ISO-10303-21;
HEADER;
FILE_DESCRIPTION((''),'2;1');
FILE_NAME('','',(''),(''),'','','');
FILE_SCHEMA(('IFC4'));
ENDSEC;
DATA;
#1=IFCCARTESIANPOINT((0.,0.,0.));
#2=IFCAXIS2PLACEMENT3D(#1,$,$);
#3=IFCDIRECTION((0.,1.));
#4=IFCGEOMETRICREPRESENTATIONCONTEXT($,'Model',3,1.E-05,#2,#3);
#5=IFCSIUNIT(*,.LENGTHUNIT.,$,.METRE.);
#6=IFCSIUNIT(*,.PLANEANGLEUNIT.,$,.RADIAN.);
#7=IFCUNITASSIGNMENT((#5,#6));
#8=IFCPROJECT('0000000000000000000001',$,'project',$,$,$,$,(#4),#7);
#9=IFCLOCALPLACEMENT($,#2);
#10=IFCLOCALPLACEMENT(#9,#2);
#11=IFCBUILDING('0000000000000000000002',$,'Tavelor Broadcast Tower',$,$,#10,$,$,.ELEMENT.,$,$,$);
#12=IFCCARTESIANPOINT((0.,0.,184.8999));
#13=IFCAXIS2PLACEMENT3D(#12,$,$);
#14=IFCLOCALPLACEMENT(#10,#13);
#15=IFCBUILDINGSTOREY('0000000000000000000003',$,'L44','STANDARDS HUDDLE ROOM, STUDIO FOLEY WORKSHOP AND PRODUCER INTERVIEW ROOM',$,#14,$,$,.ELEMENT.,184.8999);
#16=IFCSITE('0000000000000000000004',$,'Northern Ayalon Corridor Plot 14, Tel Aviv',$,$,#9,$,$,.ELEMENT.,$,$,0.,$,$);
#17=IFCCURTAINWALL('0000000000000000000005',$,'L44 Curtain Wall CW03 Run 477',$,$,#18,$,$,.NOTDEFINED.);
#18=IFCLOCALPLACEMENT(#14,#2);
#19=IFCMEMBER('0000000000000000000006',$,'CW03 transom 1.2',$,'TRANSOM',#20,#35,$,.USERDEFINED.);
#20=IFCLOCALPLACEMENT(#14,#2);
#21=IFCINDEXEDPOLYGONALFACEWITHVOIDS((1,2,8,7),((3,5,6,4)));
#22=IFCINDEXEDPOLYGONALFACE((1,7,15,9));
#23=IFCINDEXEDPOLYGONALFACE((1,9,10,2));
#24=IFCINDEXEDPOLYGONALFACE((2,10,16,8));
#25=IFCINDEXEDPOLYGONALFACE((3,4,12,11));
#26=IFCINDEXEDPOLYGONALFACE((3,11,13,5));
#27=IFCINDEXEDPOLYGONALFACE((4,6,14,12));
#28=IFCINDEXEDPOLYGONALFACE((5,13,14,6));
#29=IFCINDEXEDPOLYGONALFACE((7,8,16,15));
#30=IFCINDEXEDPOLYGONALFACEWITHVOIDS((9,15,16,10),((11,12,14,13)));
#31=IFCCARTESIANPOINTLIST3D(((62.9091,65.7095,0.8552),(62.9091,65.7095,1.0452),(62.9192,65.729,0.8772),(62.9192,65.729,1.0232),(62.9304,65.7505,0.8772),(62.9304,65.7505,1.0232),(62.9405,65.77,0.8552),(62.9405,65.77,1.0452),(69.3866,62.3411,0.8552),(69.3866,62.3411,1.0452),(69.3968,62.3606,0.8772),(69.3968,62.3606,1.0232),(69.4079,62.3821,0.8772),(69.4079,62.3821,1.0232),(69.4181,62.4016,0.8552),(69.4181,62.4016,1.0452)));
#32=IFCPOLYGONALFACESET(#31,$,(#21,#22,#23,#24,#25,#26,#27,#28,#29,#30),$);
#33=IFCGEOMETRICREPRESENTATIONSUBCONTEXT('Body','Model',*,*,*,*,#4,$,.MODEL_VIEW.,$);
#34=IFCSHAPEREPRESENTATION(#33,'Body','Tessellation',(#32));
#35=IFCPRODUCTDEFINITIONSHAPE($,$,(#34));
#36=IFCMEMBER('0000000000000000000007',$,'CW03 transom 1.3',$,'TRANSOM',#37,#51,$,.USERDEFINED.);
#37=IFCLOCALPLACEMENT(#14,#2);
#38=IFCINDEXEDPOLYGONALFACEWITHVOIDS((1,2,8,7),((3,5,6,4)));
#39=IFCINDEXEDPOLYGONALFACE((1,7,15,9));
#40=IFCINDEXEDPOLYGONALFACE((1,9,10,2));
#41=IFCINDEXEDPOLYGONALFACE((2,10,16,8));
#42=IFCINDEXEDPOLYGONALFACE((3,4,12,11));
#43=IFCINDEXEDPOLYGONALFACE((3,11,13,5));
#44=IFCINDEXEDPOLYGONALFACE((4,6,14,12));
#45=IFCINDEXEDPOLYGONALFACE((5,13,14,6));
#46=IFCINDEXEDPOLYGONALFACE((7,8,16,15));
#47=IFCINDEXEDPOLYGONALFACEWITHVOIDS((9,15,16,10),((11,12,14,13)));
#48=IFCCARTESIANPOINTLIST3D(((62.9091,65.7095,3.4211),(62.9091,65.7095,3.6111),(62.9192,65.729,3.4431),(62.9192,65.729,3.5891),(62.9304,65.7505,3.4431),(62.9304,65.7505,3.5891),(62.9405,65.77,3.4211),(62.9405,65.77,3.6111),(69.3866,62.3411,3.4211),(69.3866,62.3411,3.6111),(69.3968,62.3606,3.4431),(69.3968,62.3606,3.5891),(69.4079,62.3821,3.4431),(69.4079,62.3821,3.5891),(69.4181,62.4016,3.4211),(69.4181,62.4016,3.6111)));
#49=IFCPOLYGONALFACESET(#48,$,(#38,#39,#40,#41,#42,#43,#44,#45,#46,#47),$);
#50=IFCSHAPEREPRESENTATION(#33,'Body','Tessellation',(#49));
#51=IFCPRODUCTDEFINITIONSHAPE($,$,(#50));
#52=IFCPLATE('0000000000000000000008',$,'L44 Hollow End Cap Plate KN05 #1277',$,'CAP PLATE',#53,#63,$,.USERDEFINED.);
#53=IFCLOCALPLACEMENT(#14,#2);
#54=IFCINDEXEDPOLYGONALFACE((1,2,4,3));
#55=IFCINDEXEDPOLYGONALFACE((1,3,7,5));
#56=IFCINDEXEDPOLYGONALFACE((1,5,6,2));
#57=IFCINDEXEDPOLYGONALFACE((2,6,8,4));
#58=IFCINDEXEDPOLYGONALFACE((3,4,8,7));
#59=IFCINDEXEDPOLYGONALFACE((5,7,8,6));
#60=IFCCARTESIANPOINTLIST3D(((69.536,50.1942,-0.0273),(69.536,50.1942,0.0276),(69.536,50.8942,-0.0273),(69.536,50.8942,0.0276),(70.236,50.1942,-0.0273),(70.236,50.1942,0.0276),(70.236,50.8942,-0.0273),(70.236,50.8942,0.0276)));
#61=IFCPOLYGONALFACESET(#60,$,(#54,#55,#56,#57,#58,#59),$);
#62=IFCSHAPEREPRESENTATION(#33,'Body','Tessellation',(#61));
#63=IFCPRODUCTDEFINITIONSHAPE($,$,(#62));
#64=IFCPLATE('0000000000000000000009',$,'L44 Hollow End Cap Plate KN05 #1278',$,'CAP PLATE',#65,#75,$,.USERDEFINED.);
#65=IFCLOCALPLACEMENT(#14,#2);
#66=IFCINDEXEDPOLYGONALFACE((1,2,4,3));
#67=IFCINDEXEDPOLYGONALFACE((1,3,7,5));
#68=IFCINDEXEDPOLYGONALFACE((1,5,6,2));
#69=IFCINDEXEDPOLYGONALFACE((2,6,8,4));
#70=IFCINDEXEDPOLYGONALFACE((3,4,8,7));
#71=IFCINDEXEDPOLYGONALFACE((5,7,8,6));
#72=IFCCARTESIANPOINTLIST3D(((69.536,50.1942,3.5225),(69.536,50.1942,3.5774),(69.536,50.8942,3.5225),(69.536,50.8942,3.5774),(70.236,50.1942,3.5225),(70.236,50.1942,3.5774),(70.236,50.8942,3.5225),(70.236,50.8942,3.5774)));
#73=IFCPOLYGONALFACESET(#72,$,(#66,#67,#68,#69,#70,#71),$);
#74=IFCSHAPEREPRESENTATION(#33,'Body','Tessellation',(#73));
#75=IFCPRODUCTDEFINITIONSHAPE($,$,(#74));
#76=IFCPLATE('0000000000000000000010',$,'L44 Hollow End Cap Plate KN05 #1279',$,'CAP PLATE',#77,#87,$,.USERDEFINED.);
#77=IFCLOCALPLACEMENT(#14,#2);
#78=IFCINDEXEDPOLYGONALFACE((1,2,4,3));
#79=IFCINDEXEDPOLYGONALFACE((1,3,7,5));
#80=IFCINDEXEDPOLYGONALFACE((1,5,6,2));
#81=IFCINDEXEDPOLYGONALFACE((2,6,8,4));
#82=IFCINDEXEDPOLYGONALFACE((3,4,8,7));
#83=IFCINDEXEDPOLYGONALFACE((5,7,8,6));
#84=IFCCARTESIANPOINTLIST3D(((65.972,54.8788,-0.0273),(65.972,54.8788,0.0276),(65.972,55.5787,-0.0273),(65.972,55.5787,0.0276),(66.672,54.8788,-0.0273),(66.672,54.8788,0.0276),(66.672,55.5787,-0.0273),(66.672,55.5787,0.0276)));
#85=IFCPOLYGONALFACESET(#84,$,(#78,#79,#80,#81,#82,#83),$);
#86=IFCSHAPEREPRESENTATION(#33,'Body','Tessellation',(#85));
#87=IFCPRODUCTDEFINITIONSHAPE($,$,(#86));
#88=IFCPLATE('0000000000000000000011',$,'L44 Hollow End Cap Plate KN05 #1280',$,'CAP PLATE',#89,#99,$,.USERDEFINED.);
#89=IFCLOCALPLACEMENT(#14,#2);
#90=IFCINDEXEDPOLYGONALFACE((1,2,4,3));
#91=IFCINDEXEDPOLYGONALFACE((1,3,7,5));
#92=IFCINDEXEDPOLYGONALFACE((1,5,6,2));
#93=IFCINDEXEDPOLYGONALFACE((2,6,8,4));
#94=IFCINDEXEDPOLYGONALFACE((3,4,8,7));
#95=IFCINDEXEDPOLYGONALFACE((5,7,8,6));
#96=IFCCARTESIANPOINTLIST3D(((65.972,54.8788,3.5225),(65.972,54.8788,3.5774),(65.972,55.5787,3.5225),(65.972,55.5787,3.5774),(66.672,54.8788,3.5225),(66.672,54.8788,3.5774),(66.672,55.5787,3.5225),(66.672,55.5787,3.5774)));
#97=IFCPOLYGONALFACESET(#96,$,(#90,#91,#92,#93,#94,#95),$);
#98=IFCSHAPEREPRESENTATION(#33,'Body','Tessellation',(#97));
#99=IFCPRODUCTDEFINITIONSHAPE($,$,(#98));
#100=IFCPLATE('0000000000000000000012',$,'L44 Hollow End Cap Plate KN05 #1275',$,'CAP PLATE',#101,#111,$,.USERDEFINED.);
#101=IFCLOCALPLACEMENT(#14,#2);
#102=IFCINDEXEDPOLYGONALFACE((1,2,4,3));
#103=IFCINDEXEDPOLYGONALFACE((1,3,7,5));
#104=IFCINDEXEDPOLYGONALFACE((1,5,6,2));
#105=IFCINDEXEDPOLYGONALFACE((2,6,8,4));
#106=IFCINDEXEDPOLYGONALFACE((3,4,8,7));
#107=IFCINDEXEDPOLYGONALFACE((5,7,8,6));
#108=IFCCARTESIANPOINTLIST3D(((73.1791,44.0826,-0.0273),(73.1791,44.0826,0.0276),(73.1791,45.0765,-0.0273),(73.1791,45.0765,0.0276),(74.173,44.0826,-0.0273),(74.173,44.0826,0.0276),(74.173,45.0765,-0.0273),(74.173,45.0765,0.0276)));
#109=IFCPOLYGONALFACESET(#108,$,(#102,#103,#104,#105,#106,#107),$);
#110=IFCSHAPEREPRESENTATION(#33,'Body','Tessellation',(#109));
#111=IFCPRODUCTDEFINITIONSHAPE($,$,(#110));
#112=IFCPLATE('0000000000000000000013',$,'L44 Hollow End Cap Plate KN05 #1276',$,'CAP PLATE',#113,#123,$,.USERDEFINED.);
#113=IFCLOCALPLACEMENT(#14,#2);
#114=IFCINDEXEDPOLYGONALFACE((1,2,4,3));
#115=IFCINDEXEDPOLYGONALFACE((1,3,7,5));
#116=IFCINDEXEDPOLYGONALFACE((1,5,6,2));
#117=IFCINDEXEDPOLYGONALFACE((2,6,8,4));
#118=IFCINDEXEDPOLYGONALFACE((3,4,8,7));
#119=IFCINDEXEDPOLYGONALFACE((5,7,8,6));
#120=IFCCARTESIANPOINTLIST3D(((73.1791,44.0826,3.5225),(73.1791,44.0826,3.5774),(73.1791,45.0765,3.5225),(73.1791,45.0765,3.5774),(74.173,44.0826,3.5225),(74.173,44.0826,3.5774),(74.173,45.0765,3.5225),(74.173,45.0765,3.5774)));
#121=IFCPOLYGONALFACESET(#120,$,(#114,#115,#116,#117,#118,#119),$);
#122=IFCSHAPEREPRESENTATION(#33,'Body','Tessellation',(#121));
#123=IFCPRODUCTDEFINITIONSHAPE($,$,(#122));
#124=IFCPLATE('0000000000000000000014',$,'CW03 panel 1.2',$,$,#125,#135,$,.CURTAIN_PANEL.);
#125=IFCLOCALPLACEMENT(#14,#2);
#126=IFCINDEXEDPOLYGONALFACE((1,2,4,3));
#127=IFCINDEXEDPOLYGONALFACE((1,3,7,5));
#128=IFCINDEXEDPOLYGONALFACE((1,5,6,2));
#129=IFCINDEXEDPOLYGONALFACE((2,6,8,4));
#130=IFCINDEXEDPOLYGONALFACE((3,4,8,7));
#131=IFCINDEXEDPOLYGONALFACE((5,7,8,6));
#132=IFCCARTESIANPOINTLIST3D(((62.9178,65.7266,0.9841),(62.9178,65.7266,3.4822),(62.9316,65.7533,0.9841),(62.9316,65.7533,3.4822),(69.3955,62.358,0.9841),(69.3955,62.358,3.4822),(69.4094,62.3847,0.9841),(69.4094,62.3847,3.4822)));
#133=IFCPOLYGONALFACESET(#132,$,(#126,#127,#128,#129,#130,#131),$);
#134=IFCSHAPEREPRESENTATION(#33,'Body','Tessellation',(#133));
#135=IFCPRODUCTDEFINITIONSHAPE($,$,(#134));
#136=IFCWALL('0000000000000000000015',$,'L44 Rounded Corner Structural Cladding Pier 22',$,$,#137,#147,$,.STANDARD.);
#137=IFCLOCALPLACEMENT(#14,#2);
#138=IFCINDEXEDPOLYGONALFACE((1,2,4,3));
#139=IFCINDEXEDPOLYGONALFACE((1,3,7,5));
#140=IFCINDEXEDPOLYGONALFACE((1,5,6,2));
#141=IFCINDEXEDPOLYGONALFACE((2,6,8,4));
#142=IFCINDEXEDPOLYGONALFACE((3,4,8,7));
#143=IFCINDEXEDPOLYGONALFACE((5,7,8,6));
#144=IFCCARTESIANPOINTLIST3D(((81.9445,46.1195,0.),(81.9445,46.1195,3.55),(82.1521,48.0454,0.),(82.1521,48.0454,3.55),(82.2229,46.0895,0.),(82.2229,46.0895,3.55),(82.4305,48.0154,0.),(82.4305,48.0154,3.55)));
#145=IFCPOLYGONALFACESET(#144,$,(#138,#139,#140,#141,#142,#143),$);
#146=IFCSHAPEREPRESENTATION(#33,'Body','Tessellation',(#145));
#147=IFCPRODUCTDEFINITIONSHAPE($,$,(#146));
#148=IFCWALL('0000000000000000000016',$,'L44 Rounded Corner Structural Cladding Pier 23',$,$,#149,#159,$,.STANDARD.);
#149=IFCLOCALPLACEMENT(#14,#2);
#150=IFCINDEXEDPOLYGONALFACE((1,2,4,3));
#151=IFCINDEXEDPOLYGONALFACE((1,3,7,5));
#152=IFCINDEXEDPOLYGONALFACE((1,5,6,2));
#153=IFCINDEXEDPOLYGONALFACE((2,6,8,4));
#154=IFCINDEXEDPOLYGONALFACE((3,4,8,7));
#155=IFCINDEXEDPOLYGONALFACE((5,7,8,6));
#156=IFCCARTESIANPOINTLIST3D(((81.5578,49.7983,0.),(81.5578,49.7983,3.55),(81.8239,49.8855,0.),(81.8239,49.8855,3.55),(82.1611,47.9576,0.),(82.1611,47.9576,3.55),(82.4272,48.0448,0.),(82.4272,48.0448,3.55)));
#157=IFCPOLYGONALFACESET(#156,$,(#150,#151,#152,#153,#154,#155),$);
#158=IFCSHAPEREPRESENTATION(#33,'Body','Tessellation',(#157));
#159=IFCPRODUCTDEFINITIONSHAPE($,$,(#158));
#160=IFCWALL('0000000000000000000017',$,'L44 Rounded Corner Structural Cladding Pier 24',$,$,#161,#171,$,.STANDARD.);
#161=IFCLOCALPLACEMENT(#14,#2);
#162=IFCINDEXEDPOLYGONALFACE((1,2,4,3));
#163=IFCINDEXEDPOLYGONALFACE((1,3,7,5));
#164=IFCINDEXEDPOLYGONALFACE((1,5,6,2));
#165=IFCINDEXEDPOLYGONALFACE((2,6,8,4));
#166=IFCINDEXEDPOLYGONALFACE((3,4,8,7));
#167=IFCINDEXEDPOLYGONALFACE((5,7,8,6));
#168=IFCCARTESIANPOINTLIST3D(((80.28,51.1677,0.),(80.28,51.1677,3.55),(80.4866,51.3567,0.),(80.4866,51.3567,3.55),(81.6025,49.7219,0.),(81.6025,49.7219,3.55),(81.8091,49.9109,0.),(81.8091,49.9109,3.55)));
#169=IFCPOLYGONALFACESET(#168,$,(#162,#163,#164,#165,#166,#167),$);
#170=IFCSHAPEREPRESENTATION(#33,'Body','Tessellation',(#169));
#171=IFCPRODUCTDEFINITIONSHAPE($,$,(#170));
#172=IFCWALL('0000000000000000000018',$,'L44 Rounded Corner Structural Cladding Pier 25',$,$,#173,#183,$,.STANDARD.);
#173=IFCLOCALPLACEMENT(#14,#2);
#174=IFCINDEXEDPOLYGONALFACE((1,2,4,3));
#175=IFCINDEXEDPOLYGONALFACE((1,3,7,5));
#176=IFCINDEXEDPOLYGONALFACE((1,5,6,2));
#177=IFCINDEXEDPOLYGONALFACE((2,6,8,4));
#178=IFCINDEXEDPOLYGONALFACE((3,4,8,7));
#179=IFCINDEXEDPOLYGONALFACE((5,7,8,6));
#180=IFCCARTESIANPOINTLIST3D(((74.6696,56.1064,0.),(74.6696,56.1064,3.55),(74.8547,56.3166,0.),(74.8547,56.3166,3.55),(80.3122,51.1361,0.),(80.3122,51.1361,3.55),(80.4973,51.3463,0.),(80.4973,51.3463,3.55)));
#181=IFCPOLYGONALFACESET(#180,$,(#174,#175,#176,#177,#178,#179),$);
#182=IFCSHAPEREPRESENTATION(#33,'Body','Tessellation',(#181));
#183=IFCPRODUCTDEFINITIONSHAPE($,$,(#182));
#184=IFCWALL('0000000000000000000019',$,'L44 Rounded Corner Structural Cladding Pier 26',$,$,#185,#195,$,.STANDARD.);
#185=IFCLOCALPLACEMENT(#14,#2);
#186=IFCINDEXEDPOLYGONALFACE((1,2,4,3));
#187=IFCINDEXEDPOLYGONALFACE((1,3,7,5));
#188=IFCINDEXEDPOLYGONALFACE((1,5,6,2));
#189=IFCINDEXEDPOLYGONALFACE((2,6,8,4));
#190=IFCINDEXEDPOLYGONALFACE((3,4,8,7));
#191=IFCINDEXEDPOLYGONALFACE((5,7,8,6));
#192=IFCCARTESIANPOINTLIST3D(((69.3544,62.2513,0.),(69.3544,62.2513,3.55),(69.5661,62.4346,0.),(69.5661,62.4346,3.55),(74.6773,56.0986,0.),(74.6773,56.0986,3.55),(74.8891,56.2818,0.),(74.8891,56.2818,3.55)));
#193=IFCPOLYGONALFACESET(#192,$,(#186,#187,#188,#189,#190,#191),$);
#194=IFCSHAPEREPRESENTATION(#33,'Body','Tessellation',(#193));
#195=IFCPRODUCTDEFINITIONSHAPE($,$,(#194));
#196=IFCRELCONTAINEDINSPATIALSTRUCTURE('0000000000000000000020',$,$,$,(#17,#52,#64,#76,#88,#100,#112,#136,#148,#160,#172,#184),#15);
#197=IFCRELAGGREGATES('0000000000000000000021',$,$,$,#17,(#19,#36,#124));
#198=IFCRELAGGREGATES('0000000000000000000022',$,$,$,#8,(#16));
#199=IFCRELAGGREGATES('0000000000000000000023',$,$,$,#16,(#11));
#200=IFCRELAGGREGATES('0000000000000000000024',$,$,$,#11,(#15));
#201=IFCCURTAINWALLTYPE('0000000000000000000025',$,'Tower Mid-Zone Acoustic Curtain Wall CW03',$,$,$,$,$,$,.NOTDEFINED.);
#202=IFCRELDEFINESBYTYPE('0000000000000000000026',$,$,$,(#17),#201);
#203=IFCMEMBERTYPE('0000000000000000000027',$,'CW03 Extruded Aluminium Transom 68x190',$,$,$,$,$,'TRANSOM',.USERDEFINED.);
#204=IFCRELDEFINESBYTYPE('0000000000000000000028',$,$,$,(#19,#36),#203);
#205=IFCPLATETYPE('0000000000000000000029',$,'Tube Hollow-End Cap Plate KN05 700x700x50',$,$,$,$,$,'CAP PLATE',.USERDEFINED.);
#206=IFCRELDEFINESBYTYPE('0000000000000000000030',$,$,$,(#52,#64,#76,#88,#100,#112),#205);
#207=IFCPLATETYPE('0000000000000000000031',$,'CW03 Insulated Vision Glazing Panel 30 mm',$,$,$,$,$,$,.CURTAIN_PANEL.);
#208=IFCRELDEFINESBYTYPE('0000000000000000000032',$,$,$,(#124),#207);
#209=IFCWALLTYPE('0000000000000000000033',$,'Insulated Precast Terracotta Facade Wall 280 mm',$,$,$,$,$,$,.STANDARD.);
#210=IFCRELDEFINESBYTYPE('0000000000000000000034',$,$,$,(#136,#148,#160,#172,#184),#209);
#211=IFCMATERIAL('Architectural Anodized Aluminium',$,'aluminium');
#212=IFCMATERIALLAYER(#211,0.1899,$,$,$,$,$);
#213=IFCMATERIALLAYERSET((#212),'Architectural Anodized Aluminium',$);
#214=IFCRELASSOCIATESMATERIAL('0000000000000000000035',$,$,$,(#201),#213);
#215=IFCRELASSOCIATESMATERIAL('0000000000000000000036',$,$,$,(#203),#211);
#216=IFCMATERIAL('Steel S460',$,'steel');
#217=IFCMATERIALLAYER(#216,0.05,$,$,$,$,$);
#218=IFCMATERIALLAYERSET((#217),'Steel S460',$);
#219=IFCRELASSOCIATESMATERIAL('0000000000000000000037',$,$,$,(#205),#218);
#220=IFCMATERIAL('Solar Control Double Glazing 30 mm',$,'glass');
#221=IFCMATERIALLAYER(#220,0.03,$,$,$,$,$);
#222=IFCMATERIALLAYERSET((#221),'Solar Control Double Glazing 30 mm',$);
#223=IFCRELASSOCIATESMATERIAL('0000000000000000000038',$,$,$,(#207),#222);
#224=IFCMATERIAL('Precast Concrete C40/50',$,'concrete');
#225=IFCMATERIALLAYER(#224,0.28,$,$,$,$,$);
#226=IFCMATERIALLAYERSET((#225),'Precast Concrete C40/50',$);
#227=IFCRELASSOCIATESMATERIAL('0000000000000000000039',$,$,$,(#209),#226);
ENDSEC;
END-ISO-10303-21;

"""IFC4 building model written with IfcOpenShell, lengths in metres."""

from ifc_helpers import new_model, si_unit, direction, frame, frame_2d, origin, origin_2d, place, context, subcontext, project, spatial, rectangle, hollow_rectangle, extrude, source, transform, mapped, material, layer, layer_set, material_profile, profile_set, type_object, type_shapes, element, aggregate, save


model = new_model("IFC4")

# Units and contexts
model_context = context("Model", 3, precision=1e-05, world=origin(), true_north=direction((0.0, 1.0)))
body_context = subcontext(model_context, "Body", "Model", "MODEL_VIEW")
ifc_project = project(units=[si_unit("LENGTHUNIT", "METRE"), si_unit("PLANEANGLEUNIT", "RADIAN")], contexts=[model_context])

# Site, building, storey
site_placement = place(None, origin())
site = spatial("IfcSite", under=ifc_project, at=site_placement, Name="Northern Ayalon Corridor Plot 14, Tel Aviv", CompositionType="ELEMENT", RefElevation=0.0)
building_placement = place(site_placement, origin())
building = spatial("IfcBuilding", under=site, at=building_placement, Name="Tavelor Broadcast Tower", CompositionType="ELEMENT")
storey_placement = place(building_placement, frame((0.0, 0.0, 184.8999)))
storey = spatial("IfcBuildingStorey", under=building, at=storey_placement, Name="L44", Description="STANDARDS HUDDLE ROOM, STUDIO FOLEY WORKSHOP AND PRODUCER INTERVIEW ROOM", CompositionType="ELEMENT", Elevation=184.8999)

# Shared definitions
ifc_material_1 = material(Name="Steel S460", Category="steel")

# Curtain wall, members
ifc_material_2 = material(Name="Architectural Anodized Aluminium", Category="aluminium")
ifc_layer_1 = layer(ifc_material_2, 0.1899)
ifc_layer_set_1 = layer_set([ifc_layer_1], Name="Architectural Anodized Aluminium")
curtain_wall_type = type_object("IfcCurtainWallType", Name="Tower Mid-Zone Acoustic Curtain Wall CW03", PredefinedType="NOTDEFINED", material=ifc_layer_set_1)
curtain_wall_placement = place(storey_placement, origin())
curtain_wall = element("IfcCurtainWall", 1, at=curtain_wall_placement, inside=storey, type_object=curtain_wall_type, Name="L44 Curtain Wall CW03 Run 477", PredefinedType="NOTDEFINED")
ifc_material_profile_1 = material_profile(ifc_material_2, hollow_rectangle(XDim=0.0681, YDim=0.1899, WallThickness=0.022, at=origin_2d()), Name="RHS 68x190x22")
ifc_profile_set_1 = profile_set([ifc_material_profile_1], Name="Architectural Anodized Aluminium")
member_type_1 = type_object("IfcMemberType", Name="CW03 Extruded Aluminium Transom 68x190", ElementType="TRANSOM", PredefinedType="USERDEFINED", material=ifc_profile_set_1)
shared_shape_1 = source(origin(), body_context, "Body", "SweptSolid", [
    extrude(hollow_rectangle(XDim=0.0681, YDim=0.1899, WallThickness=0.022, at=origin_2d()), origin(), (0.0, 0.0, 1.0), 7.301),
])
type_shapes(member_type_1, [shared_shape_1])
member_1_placement = place(storey_placement, frame((69.4023, 62.3713, 0.9502), z_axis=(-0.887212, 0.461362, 0.0), x_axis=(-0.461362, -0.887212, 0.0)))
member_1 = element("IfcMember", 2, at=member_1_placement, type_object=member_type_1, Name="CW03 transom 1.2", ObjectType="TRANSOM", PredefinedType="USERDEFINED", context=body_context, shape_type="MappedRepresentation", body=[
    mapped(shared_shape_1, transform((0.0, 0.0, 0.0), scale=1.0)),
])
member_2_placement = place(storey_placement, frame((69.4023, 62.3713, 3.5161), z_axis=(-0.887212, 0.461362, 0.0), x_axis=(-0.461362, -0.887212, 0.0)))
member_2 = element("IfcMember", 3, at=member_2_placement, type_object=member_type_1, Name="CW03 transom 1.3", ObjectType="TRANSOM", PredefinedType="USERDEFINED", context=body_context, shape_type="MappedRepresentation", body=[
    mapped(shared_shape_1, transform((0.0, 0.0, 0.0), scale=1.0)),
])

# Plates
ifc_layer_2 = layer(ifc_material_1, 0.05)
ifc_layer_set_2 = layer_set([ifc_layer_2], Name="Steel S460")
plate_type_1 = type_object("IfcPlateType", Name="Tube Hollow-End Cap Plate KN05 700x700x50", ElementType="CAP PLATE", PredefinedType="USERDEFINED", material=ifc_layer_set_2)
shared_shape_2 = source(origin(), body_context, "Body", "SweptSolid", [
    extrude(rectangle(XDim=0.7, YDim=0.7, at=origin_2d()), origin(), (0.0, 0.0, 1.0), 0.0549),
])
for number, where, z_axis, x_axis, name in (
    (4, (69.886, 50.5442, -0.0273), (0.0, 0.0, 1.0), (1.0, 0.0, 0.0), "L44 Hollow End Cap Plate KN05 #1277"),
    (5, (69.886, 50.5442, 3.5225), (0.0, 0.0, 1.0), (1.0, 0.0, 0.0), "L44 Hollow End Cap Plate KN05 #1278"),
    (6, (66.322, 55.2288, -0.0273), (0.0, 0.0, 1.0), (1.0, 0.0, 0.0), "L44 Hollow End Cap Plate KN05 #1279"),
    (7, (66.322, 55.2288, 3.5225), (0.0, 0.0, 1.0), (1.0, 0.0, 0.0), "L44 Hollow End Cap Plate KN05 #1280"),
):
    element("IfcPlate", number, at=place(storey_placement, frame(where, z_axis=z_axis, x_axis=x_axis)), inside=storey, type_object=plate_type_1, Name=name, ObjectType="CAP PLATE", PredefinedType="USERDEFINED", context=body_context, shape_type="MappedRepresentation", body=[
        mapped(shared_shape_2, transform((0.0, 0.0, 0.0), scale=1.0)),
    ])
shared_shape_3 = source(origin(), body_context, "Body", "SweptSolid", [
    extrude(rectangle(XDim=0.9939, YDim=0.9939, at=origin_2d()), origin(), (0.0, 0.0, 1.0), 0.0549),
])
type_shapes(plate_type_1, [shared_shape_2, shared_shape_3])
for number, where, z_axis, x_axis, name in (
    (8, (73.676, 44.5796, -0.0273), (0.0, 0.0, 1.0), (1.0, 0.0, 0.0), "L44 Hollow End Cap Plate KN05 #1275"),
    (9, (73.676, 44.5796, 3.5225), (0.0, 0.0, 1.0), (1.0, 0.0, 0.0), "L44 Hollow End Cap Plate KN05 #1276"),
):
    element("IfcPlate", number, at=place(storey_placement, frame(where, z_axis=z_axis, x_axis=x_axis)), inside=storey, type_object=plate_type_1, Name=name, ObjectType="CAP PLATE", PredefinedType="USERDEFINED", context=body_context, shape_type="MappedRepresentation", body=[
        mapped(shared_shape_3, transform((0.0, 0.0, 0.0), scale=1.0)),
    ])

# Plate
ifc_material_3 = material(Name="Solar Control Double Glazing 30 mm", Category="glass")
ifc_layer_3 = layer(ifc_material_3, 0.03)
ifc_layer_set_3 = layer_set([ifc_layer_3], Name="Solar Control Double Glazing 30 mm")
plate_type_2 = type_object("IfcPlateType", Name="CW03 Insulated Vision Glazing Panel 30 mm", PredefinedType="CURTAIN_PANEL", material=ifc_layer_set_3)
shared_shape_4 = source(origin(), body_context, "Body", "SweptSolid", [
    extrude(rectangle(XDim=7.3013, YDim=0.03, at=origin_2d()), origin(), (0.0, 0.0, 1.0), 2.498),
])
type_shapes(plate_type_2, [shared_shape_4])
plate_placement = place(storey_placement, frame((66.1636, 64.0557, 0.9841), z_axis=(0.0, 0.0, 1.0), x_axis=(-0.887207, 0.461372, 0.0)))
plate = element("IfcPlate", 10, at=plate_placement, type_object=plate_type_2, Name="CW03 panel 1.2", PredefinedType="CURTAIN_PANEL", context=body_context, shape_type="MappedRepresentation", body=[
    mapped(shared_shape_4, transform((0.0, 0.0, 0.0), scale=1.0)),
])
aggregate(curtain_wall, [member_1, member_2, plate])

# Walls
ifc_material_4 = material(Name="Precast Concrete C40/50", Category="concrete")
ifc_layer_4 = layer(ifc_material_4, 0.28)
ifc_layer_set_4 = layer_set([ifc_layer_4], Name="Precast Concrete C40/50")
wall_type = type_object("IfcWallType", Name="Insulated Precast Terracotta Facade Wall 280 mm", PredefinedType="STANDARD", material=ifc_layer_set_4)
for number, where, z_axis, x_axis, name in (
    (11, (82.0837, 46.1045, 0.0), (0.0, 0.0, 1.0), (0.107138, 0.994244, 0.0), "L44 Rounded Corner Structural Cladding Pier 22"),
    (12, (82.2942, 48.0012, 0.0), (0.0, 0.0, 1.0), (-0.311459, 0.95026, 0.0), "L44 Rounded Corner Structural Cladding Pier 23"),
):
    element("IfcWall", number, at=place(storey_placement, frame(where, z_axis=z_axis, x_axis=x_axis)), inside=storey, type_object=wall_type, Name=name, PredefinedType="STANDARD", context=body_context, shape_type="SweptSolid", body=[
        extrude(rectangle(XDim=1.937, YDim=0.28, at=frame_2d((0.9685, 0.0))), origin(), (0.0, 0.0, 1.0), 3.55),
    ])
wall_1_placement = place(storey_placement, frame((81.7058, 49.8164, 0.0), z_axis=(0.0, 0.0, 1.0), x_axis=(-0.674946, 0.737867, 0.0)))
element("IfcWall", 13, at=wall_1_placement, inside=storey, type_object=wall_type, Name="L44 Rounded Corner Structural Cladding Pier 24", PredefinedType="STANDARD", context=body_context, shape_type="SweptSolid", body=[
    extrude(rectangle(XDim=1.9595, YDim=0.28, at=frame_2d((0.9797, 0.0))), origin(), (0.0, 0.0, 1.0), 3.55),
])
wall_2_placement = place(storey_placement, frame((80.4048, 51.2412, 0.0), z_axis=(0.0, 0.0, 1.0), x_axis=(-0.7504, 0.660984, 0.0)))
element("IfcWall", 14, at=wall_2_placement, inside=storey, type_object=wall_type, Name="L44 Rounded Corner Structural Cladding Pier 25", PredefinedType="STANDARD", context=body_context, shape_type="SweptSolid", body=[
    extrude(rectangle(XDim=7.5195, YDim=0.28, at=frame_2d((3.7598, 0.0))), origin(), (0.0, 0.0, 1.0), 3.55),
])
wall_3_placement = place(storey_placement, frame((74.7832, 56.1902, 0.0), z_axis=(0.0, 0.0, 1.0), x_axis=(-0.654267, 0.756264, 0.0)))
element("IfcWall", 15, at=wall_3_placement, inside=storey, type_object=wall_type, Name="L44 Rounded Corner Structural Cladding Pier 26", PredefinedType="STANDARD", context=body_context, shape_type="SweptSolid", body=[
    extrude(rectangle(XDim=8.1357, YDim=0.28, at=frame_2d((4.0679, 0.0))), origin(), (0.0, 0.0, 1.0), 3.55),
])

save(model, "model.ifc")
